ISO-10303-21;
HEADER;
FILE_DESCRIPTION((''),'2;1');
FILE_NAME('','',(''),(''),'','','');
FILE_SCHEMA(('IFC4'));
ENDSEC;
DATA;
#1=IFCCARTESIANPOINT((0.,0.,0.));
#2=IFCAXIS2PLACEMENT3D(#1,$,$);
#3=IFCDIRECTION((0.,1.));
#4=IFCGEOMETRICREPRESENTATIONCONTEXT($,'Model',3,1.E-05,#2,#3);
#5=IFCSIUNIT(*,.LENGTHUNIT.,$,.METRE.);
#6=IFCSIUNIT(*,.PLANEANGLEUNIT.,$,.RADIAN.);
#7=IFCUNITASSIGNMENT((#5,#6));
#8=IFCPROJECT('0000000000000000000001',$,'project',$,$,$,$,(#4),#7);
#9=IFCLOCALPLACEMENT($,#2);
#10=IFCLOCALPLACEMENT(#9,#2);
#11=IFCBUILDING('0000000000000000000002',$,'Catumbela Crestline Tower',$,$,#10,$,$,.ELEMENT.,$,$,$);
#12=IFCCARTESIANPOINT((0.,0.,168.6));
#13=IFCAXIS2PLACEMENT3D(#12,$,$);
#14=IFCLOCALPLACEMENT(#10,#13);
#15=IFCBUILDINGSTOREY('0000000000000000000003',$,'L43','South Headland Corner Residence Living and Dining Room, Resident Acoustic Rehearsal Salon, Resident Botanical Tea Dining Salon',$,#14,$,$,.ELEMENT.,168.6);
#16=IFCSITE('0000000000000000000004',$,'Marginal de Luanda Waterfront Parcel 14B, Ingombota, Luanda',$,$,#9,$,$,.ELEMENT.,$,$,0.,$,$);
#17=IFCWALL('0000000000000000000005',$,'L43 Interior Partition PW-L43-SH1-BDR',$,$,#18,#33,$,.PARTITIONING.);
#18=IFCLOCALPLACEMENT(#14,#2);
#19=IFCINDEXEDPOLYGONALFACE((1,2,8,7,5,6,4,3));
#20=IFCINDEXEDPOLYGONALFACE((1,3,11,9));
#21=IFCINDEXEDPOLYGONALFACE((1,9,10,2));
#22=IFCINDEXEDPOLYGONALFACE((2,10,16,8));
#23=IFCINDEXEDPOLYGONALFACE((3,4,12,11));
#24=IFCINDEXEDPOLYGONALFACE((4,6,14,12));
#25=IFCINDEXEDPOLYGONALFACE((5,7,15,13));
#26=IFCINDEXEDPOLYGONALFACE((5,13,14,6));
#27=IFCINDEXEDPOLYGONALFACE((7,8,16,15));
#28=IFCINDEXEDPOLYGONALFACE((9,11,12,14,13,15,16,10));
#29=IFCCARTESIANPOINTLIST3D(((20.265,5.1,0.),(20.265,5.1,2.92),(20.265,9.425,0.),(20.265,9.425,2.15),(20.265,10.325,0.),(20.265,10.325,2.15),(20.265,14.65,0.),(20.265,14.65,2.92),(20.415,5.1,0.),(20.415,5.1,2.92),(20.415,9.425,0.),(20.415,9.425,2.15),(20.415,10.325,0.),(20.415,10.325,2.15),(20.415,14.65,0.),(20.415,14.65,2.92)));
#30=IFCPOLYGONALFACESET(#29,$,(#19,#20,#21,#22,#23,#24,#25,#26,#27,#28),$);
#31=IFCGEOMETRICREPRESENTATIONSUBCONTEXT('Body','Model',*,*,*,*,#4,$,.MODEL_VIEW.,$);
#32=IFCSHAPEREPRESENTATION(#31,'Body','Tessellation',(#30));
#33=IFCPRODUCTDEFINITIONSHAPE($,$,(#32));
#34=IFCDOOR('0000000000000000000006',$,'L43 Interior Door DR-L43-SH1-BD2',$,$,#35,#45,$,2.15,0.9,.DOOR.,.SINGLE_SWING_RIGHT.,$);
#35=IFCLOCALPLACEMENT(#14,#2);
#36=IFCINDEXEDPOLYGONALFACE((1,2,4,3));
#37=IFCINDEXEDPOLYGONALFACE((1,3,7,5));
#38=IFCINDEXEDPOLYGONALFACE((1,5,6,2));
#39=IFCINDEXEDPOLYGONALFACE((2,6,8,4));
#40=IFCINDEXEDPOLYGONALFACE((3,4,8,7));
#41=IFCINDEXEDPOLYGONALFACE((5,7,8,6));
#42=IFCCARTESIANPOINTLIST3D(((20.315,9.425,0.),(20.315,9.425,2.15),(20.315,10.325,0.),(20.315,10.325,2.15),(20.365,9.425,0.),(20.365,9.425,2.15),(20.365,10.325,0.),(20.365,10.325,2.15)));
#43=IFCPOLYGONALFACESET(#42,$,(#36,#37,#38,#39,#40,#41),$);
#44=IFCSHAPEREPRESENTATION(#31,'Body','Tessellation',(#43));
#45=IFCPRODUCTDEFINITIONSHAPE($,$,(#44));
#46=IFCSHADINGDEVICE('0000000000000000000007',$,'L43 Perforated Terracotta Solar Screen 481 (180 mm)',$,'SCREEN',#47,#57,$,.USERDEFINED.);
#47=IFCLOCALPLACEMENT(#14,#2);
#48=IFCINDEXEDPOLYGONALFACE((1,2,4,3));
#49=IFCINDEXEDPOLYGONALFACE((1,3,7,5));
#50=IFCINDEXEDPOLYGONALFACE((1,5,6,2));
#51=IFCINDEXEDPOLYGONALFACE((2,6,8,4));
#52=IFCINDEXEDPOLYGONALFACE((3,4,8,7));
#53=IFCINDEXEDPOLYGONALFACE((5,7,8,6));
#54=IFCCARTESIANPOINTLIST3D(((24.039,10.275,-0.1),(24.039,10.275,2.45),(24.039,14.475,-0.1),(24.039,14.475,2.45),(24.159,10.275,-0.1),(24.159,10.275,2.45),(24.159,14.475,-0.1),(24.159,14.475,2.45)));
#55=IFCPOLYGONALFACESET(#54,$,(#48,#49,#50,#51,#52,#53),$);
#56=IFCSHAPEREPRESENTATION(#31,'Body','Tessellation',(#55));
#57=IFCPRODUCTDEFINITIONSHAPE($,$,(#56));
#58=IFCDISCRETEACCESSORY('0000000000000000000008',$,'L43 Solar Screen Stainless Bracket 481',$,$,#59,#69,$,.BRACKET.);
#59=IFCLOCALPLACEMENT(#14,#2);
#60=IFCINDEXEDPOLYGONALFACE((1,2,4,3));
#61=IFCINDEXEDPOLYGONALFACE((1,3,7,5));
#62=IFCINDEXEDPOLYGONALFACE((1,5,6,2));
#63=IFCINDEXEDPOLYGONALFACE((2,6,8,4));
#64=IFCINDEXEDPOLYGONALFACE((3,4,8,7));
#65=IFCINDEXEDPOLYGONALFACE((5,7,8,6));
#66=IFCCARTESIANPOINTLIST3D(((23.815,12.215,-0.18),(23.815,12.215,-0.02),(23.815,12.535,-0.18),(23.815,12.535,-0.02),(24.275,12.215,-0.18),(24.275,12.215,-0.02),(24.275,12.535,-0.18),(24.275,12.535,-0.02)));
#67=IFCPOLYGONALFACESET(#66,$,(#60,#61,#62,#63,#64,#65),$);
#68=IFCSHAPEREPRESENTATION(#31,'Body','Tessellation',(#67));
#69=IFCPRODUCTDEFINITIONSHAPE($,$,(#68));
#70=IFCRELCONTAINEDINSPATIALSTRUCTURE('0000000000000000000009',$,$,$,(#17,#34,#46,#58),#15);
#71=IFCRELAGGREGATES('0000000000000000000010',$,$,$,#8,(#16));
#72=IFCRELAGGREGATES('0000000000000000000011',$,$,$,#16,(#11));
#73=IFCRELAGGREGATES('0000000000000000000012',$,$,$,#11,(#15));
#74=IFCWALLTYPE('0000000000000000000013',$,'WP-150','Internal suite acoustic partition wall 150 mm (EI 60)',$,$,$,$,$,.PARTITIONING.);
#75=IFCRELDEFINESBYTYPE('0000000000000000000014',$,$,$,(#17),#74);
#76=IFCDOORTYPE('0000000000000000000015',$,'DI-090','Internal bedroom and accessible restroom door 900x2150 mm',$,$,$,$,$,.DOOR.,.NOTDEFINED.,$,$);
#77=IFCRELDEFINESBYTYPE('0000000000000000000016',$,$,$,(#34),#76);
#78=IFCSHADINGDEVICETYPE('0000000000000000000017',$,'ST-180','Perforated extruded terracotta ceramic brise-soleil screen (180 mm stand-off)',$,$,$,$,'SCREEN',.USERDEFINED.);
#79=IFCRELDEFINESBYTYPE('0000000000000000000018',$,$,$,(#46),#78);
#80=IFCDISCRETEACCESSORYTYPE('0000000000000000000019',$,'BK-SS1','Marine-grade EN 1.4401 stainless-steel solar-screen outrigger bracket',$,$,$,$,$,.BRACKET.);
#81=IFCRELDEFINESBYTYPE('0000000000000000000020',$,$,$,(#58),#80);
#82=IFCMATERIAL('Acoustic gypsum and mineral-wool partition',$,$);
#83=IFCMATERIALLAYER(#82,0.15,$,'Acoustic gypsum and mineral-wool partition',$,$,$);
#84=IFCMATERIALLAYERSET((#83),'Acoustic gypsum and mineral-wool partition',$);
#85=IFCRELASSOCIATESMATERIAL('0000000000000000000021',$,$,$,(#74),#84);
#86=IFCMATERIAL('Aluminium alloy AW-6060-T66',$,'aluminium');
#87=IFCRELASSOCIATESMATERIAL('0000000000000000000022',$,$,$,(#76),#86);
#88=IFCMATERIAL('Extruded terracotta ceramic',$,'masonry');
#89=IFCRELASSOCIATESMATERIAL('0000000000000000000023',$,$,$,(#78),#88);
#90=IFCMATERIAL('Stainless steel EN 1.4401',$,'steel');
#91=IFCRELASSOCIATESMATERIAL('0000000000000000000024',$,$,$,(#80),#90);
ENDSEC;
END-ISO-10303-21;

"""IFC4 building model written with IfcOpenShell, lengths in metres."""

from ifc_helpers import new_model, si_unit, direction, frame, frame_2d, origin, origin_2d, place, context, subcontext, project, spatial, rectangle, extrude, material, layer, layer_set, type_object, element, fill, save


model = new_model("IFC4")

# Units and contexts
model_context = context("Model", 3, precision=1e-05, world=origin(), true_north=direction((0.0, 1.0)))
body_context = subcontext(model_context, "Body", "Model", "MODEL_VIEW")
ifc_project = project(units=[si_unit("LENGTHUNIT", "METRE"), si_unit("PLANEANGLEUNIT", "RADIAN")], contexts=[model_context])

# Site, building, storey
site_placement = place(None, origin())
site = spatial("IfcSite", under=ifc_project, at=site_placement, Name="Marginal de Luanda Waterfront Parcel 14B, Ingombota, Luanda", CompositionType="ELEMENT", RefElevation=0.0)
building_placement = place(site_placement, origin())
building = spatial("IfcBuilding", under=site, at=building_placement, Name="Catumbela Crestline Tower", CompositionType="ELEMENT")
storey_placement = place(building_placement, frame((0.0, 0.0, 168.6)))
storey = spatial("IfcBuildingStorey", under=building, at=storey_placement, Name="L43", Description="South Headland Corner Residence Living and Dining Room, Resident Acoustic Rehearsal Salon, Resident Botanical Tea Dining Salon", CompositionType="ELEMENT", Elevation=168.6)

# Shared definitions
ifc_material_1 = material(Name="Aluminium alloy AW-6060-T66", Category="aluminium")

# Shared definitions
ifc_material_2 = material(Name="Acoustic gypsum and mineral-wool partition")
ifc_layer_1 = layer(ifc_material_2, 0.15, Name="Acoustic gypsum and mineral-wool partition")
ifc_layer_set_1 = layer_set([ifc_layer_1], Name="Acoustic gypsum and mineral-wool partition")
wall_type_1 = type_object("IfcWallType", Name="WP-150", Description="Internal suite acoustic partition wall 150 mm (EI 60)", PredefinedType="PARTITIONING", material=ifc_layer_set_1)

# Wall, opening, door
wall_1_placement = place(storey_placement, frame((20.34, 5.1, 0.0), z_axis=(0.0, 0.0, 1.0), x_axis=(0.0, 1.0, 0.0)))
wall_1 = element("IfcWall", 1, at=wall_1_placement, inside=storey, type_object=wall_type_1, Name="L43 Interior Partition PW-L43-SH1-BDR", PredefinedType="PARTITIONING", context=body_context, shape_type="SweptSolid", body=[
    extrude(rectangle(XDim=9.55, YDim=0.15, at=frame_2d((4.775, 0.0))), origin(), (0.0, 0.0, 1.0), 2.92),
])
opening_1_placement = place(wall_1_placement, frame((4.325, 0.0, 0.0)))
opening_1 = element("IfcOpeningElement", 2, at=opening_1_placement, cuts=wall_1, PredefinedType="OPENING", context=body_context, shape_type="SweptSolid", body=[
    extrude(rectangle(XDim=0.9, YDim=2.15, at=frame_2d((0.45, 1.075))), frame((0.0, 0.085, 0.0), z_axis=(0.0, -1.0, 0.0), x_axis=(1.0, 0.0, 0.0)), (0.0, 0.0, 1.0), 0.17),
])
door_type = type_object("IfcDoorType", Name="DI-090", Description="Internal bedroom and accessible restroom door 900x2150 mm", OperationType="NOTDEFINED", PredefinedType="DOOR", material=ifc_material_1)
door_placement = place(opening_1_placement, origin())
door = element("IfcDoor", 3, at=door_placement, inside=storey, type_object=door_type, Name="L43 Interior Door DR-L43-SH1-BD2", OperationType="SINGLE_SWING_RIGHT", OverallHeight=2.15, OverallWidth=0.9, PredefinedType="DOOR", context=body_context, shape_type="SweptSolid", body=[
    extrude(rectangle(XDim=0.9, YDim=2.15, at=frame_2d((0.45, 1.075))), frame((0.0, 0.025, 0.0), z_axis=(0.0, -1.0, 0.0), x_axis=(1.0, 0.0, 0.0)), (0.0, 0.0, 1.0), 0.05),
])
fill(opening_1, door)

# Shading device
ifc_material_3 = material(Name="Extruded terracotta ceramic", Category="masonry")
shading_device_type = type_object("IfcShadingDeviceType", Name="ST-180", Description="Perforated extruded terracotta ceramic brise-soleil screen (180 mm stand-off)", ElementType="SCREEN", PredefinedType="USERDEFINED", material=ifc_material_3)
shading_device_placement = place(storey_placement, frame((24.099, 12.375, -0.1), z_axis=(0.0, 0.0, 1.0), x_axis=(0.0, 1.0, 0.0)))
element("IfcShadingDevice", 4, at=shading_device_placement, inside=storey, type_object=shading_device_type, Name="L43 Perforated Terracotta Solar Screen 481 (180 mm)", ObjectType="SCREEN", PredefinedType="USERDEFINED", context=body_context, shape_type="SweptSolid", body=[
    extrude(rectangle(XDim=4.2, YDim=0.12, at=origin_2d()), origin(), (0.0, 0.0, 1.0), 2.55),
])

# Discrete accessory
ifc_material_4 = material(Name="Stainless steel EN 1.4401", Category="steel")
discrete_accessory_type = type_object("IfcDiscreteAccessoryType", Name="BK-SS1", Description="Marine-grade EN 1.4401 stainless-steel solar-screen outrigger bracket", PredefinedType="BRACKET", material=ifc_material_4)
discrete_accessory_placement = place(storey_placement, frame((24.045, 12.375, -0.18), z_axis=(0.0, 0.0, 1.0), x_axis=(0.0, 1.0, 0.0)))
element("IfcDiscreteAccessory", 5, at=discrete_accessory_placement, inside=storey, type_object=discrete_accessory_type, Name="L43 Solar Screen Stainless Bracket 481", PredefinedType="BRACKET", context=body_context, shape_type="SweptSolid", body=[
    extrude(rectangle(XDim=0.32, YDim=0.46, at=origin_2d()), origin(), (0.0, 0.0, 1.0), 0.16),
])

save(model, "model.ifc")
